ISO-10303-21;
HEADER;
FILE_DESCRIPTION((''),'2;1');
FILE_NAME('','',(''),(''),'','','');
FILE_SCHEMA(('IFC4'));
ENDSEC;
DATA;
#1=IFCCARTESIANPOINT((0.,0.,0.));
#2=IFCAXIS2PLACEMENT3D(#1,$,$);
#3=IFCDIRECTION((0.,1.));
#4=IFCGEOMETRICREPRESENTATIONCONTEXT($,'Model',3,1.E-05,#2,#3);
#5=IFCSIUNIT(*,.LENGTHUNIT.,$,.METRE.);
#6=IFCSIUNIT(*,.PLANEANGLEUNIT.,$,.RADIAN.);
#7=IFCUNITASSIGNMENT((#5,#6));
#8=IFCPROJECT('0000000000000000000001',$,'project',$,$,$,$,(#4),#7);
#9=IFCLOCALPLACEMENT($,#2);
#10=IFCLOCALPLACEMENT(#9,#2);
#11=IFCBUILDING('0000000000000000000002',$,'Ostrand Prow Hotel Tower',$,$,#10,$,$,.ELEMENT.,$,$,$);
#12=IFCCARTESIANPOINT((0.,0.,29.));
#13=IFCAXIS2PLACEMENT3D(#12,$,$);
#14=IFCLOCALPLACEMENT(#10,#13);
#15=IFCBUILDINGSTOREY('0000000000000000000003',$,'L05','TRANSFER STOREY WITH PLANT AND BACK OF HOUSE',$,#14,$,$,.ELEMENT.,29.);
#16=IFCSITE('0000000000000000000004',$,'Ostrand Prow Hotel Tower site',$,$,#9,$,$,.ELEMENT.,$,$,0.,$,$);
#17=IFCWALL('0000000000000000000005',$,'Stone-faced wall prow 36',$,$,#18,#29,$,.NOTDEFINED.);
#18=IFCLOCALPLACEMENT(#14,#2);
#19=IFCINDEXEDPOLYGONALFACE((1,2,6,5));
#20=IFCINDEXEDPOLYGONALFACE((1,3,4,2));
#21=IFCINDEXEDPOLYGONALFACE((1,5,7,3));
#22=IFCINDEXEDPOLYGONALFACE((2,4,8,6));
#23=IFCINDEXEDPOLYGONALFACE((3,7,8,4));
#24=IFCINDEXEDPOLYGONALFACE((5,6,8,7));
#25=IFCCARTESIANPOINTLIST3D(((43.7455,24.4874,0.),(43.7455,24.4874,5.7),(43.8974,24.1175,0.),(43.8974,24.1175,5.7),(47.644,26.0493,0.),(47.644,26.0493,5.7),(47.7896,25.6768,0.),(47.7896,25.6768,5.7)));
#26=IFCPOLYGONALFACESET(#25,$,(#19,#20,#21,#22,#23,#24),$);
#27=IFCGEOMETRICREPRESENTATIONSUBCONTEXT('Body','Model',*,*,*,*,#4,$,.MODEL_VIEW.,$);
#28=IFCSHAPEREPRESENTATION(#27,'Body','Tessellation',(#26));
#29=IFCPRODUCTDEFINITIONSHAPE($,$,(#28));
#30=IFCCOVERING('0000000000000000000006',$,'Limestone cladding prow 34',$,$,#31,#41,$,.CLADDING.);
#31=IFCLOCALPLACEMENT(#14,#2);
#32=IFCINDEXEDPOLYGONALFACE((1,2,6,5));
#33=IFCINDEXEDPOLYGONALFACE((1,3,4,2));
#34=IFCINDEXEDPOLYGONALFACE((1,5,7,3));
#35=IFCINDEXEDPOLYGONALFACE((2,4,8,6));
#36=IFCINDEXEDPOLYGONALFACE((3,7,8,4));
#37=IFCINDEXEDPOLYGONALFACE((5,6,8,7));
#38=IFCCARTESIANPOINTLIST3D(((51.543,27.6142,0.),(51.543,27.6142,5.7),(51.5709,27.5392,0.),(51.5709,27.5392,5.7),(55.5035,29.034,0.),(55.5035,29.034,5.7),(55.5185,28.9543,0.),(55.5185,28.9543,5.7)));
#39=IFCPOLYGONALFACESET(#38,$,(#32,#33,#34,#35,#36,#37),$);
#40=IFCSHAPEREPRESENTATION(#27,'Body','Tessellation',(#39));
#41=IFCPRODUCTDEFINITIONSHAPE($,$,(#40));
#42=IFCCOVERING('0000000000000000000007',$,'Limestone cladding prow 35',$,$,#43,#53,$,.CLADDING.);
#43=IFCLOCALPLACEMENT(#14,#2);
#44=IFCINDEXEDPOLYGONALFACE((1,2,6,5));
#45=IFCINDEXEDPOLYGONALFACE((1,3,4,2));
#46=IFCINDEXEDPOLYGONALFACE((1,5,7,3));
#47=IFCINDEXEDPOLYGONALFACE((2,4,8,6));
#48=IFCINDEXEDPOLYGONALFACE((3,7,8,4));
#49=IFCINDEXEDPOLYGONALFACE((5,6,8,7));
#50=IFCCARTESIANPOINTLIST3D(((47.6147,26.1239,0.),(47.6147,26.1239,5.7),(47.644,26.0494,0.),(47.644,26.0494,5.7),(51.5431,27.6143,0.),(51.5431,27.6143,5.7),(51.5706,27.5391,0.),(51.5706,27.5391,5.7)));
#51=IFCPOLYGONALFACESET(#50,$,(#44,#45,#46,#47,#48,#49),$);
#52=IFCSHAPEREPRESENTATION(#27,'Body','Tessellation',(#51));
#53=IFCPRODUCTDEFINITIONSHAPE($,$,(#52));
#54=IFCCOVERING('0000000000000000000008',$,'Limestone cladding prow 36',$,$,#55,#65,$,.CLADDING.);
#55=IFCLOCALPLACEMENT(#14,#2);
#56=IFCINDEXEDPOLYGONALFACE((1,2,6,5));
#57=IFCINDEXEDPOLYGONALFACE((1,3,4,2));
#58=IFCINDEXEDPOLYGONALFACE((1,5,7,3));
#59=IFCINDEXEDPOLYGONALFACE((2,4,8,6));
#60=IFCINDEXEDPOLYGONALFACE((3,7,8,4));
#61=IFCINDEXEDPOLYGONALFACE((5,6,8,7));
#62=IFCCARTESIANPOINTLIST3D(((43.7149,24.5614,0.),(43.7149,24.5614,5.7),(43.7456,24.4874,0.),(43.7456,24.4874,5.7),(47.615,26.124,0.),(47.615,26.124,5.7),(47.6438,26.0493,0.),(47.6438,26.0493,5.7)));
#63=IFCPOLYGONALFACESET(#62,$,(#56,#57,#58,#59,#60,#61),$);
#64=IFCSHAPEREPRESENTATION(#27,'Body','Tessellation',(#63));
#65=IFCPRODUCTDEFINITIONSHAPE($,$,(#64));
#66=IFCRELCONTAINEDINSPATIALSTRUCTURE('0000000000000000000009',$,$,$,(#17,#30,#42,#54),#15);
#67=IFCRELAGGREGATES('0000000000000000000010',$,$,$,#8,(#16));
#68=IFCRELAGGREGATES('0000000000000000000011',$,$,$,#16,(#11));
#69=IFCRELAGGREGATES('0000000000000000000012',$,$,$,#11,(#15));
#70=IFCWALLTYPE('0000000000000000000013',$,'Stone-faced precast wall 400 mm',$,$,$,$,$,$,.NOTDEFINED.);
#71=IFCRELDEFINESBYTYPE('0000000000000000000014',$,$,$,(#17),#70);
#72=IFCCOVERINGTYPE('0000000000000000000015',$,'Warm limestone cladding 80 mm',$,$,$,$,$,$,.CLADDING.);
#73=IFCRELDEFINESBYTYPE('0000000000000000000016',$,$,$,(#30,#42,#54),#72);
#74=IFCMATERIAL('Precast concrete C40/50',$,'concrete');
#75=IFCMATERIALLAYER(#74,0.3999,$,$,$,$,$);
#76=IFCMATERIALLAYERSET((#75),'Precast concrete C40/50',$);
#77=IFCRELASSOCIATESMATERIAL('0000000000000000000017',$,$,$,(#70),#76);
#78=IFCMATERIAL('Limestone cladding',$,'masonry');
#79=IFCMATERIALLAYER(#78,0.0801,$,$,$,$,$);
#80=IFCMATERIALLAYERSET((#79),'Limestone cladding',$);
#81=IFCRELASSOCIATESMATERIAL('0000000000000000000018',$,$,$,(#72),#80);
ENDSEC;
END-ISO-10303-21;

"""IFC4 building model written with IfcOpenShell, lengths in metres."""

from ifc_helpers import new_model, si_unit, direction, frame, origin, place, context, subcontext, project, spatial, polyline, outline, extrude, material, layer, layer_set, type_object, element, save


model = new_model("IFC4")

# Units and contexts
model_context = context("Model", 3, precision=1e-05, world=origin(), true_north=direction((0.0, 1.0)))
body_context = subcontext(model_context, "Body", "Model", "MODEL_VIEW")
ifc_project = project(units=[si_unit("LENGTHUNIT", "METRE"), si_unit("PLANEANGLEUNIT", "RADIAN")], contexts=[model_context])

# Site, building, storey
site_placement = place(None, origin())
site = spatial("IfcSite", under=ifc_project, at=site_placement, Name="Ostrand Prow Hotel Tower site", CompositionType="ELEMENT", RefElevation=0.0)
building_placement = place(site_placement, origin())
building = spatial("IfcBuilding", under=site, at=building_placement, Name="Ostrand Prow Hotel Tower", CompositionType="ELEMENT")
storey_placement = place(building_placement, frame((0.0, 0.0, 29.0)))
storey = spatial("IfcBuildingStorey", under=building, at=storey_placement, Name="L05", Description="TRANSFER STOREY WITH PLANT AND BACK OF HOUSE", CompositionType="ELEMENT", Elevation=29.0)

# Wall
ifc_material_1 = material(Name="Precast concrete C40/50", Category="concrete")
ifc_layer_1 = layer(ifc_material_1, 0.3999)
ifc_layer_set_1 = layer_set([ifc_layer_1], Name="Precast concrete C40/50")
wall_type_1 = type_object("IfcWallType", Name="Stone-faced precast wall 400 mm", PredefinedType="NOTDEFINED", material=ifc_layer_set_1)
wall_1_placement = place(storey_placement, frame((47.7168, 25.863, 0.0), z_axis=(0.0, 0.0, 1.0), x_axis=(-0.928276, -0.371892, 0.0)))
element("IfcWall", 1, at=wall_1_placement, inside=storey, type_object=wall_type_1, Name="Stone-faced wall prow 36", PredefinedType="NOTDEFINED", context=body_context, shape_type="SweptSolid", body=[
    extrude(outline(polyline([(-0.0017, -0.2), (4.198, -0.2), (4.1946, 0.2), (0.0017, 0.2), (-0.0017, -0.2)])), origin(), (0.0, 0.0, 1.0), 5.7),
])

# Coverings
ifc_material_2 = material(Name="Limestone cladding", Category="masonry")
ifc_layer_2 = layer(ifc_material_2, 0.0801)
ifc_layer_set_2 = layer_set([ifc_layer_2], Name="Limestone cladding")
covering_type = type_object("IfcCoveringType", Name="Warm limestone cladding 80 mm", PredefinedType="CLADDING", material=ifc_layer_set_2)
covering_1_placement = place(storey_placement, frame((55.511, 28.9941, 0.0), z_axis=(0.0, 0.0, 1.0), x_axis=(-0.941341, -0.337455, 0.0)))
element("IfcCovering", 2, at=covering_1_placement, inside=storey, type_object=covering_type, Name="Limestone cladding prow 34", PredefinedType="CLADDING", context=body_context, shape_type="SweptSolid", body=[
    extrude(outline(polyline([(-0.0063, -0.04), (4.2009, -0.04), (4.2, 0.04), (0.0063, 0.04), (-0.0063, -0.04)])), origin(), (0.0, 0.0, 1.0), 5.7),
])
covering_2_placement = place(storey_placement, frame((51.5569, 27.5767, 0.0), z_axis=(0.0, 0.0, 1.0), x_axis=(-0.934978, -0.354707, 0.0)))
element("IfcCovering", 3, at=covering_2_placement, inside=storey, type_object=covering_type, Name="Limestone cladding prow 35", PredefinedType="CLADDING", context=body_context, shape_type="SweptSolid", body=[
    extrude(outline(polyline([(-0.0005, -0.04), (4.2012, -0.04), (4.2002, 0.04), (0.0005, 0.04), (-0.0005, -0.04)])), origin(), (0.0, 0.0, 1.0), 5.7),
])
covering_3_placement = place(storey_placement, frame((47.6294, 26.0867, 0.0), z_axis=(0.0, 0.0, 1.0), x_axis=(-0.928264, -0.371922, 0.0)))
element("IfcCovering", 4, at=covering_3_placement, inside=storey, type_object=covering_type, Name="Limestone cladding prow 36", PredefinedType="CLADDING", context=body_context, shape_type="SweptSolid", body=[
    extrude(outline(polyline([(-0.0005, -0.04), (4.2009, -0.04), (4.2, 0.04), (0.0005, 0.04), (-0.0005, -0.04)])), origin(), (0.0, 0.0, 1.0), 5.7),
])

save(model, "model.ifc")
